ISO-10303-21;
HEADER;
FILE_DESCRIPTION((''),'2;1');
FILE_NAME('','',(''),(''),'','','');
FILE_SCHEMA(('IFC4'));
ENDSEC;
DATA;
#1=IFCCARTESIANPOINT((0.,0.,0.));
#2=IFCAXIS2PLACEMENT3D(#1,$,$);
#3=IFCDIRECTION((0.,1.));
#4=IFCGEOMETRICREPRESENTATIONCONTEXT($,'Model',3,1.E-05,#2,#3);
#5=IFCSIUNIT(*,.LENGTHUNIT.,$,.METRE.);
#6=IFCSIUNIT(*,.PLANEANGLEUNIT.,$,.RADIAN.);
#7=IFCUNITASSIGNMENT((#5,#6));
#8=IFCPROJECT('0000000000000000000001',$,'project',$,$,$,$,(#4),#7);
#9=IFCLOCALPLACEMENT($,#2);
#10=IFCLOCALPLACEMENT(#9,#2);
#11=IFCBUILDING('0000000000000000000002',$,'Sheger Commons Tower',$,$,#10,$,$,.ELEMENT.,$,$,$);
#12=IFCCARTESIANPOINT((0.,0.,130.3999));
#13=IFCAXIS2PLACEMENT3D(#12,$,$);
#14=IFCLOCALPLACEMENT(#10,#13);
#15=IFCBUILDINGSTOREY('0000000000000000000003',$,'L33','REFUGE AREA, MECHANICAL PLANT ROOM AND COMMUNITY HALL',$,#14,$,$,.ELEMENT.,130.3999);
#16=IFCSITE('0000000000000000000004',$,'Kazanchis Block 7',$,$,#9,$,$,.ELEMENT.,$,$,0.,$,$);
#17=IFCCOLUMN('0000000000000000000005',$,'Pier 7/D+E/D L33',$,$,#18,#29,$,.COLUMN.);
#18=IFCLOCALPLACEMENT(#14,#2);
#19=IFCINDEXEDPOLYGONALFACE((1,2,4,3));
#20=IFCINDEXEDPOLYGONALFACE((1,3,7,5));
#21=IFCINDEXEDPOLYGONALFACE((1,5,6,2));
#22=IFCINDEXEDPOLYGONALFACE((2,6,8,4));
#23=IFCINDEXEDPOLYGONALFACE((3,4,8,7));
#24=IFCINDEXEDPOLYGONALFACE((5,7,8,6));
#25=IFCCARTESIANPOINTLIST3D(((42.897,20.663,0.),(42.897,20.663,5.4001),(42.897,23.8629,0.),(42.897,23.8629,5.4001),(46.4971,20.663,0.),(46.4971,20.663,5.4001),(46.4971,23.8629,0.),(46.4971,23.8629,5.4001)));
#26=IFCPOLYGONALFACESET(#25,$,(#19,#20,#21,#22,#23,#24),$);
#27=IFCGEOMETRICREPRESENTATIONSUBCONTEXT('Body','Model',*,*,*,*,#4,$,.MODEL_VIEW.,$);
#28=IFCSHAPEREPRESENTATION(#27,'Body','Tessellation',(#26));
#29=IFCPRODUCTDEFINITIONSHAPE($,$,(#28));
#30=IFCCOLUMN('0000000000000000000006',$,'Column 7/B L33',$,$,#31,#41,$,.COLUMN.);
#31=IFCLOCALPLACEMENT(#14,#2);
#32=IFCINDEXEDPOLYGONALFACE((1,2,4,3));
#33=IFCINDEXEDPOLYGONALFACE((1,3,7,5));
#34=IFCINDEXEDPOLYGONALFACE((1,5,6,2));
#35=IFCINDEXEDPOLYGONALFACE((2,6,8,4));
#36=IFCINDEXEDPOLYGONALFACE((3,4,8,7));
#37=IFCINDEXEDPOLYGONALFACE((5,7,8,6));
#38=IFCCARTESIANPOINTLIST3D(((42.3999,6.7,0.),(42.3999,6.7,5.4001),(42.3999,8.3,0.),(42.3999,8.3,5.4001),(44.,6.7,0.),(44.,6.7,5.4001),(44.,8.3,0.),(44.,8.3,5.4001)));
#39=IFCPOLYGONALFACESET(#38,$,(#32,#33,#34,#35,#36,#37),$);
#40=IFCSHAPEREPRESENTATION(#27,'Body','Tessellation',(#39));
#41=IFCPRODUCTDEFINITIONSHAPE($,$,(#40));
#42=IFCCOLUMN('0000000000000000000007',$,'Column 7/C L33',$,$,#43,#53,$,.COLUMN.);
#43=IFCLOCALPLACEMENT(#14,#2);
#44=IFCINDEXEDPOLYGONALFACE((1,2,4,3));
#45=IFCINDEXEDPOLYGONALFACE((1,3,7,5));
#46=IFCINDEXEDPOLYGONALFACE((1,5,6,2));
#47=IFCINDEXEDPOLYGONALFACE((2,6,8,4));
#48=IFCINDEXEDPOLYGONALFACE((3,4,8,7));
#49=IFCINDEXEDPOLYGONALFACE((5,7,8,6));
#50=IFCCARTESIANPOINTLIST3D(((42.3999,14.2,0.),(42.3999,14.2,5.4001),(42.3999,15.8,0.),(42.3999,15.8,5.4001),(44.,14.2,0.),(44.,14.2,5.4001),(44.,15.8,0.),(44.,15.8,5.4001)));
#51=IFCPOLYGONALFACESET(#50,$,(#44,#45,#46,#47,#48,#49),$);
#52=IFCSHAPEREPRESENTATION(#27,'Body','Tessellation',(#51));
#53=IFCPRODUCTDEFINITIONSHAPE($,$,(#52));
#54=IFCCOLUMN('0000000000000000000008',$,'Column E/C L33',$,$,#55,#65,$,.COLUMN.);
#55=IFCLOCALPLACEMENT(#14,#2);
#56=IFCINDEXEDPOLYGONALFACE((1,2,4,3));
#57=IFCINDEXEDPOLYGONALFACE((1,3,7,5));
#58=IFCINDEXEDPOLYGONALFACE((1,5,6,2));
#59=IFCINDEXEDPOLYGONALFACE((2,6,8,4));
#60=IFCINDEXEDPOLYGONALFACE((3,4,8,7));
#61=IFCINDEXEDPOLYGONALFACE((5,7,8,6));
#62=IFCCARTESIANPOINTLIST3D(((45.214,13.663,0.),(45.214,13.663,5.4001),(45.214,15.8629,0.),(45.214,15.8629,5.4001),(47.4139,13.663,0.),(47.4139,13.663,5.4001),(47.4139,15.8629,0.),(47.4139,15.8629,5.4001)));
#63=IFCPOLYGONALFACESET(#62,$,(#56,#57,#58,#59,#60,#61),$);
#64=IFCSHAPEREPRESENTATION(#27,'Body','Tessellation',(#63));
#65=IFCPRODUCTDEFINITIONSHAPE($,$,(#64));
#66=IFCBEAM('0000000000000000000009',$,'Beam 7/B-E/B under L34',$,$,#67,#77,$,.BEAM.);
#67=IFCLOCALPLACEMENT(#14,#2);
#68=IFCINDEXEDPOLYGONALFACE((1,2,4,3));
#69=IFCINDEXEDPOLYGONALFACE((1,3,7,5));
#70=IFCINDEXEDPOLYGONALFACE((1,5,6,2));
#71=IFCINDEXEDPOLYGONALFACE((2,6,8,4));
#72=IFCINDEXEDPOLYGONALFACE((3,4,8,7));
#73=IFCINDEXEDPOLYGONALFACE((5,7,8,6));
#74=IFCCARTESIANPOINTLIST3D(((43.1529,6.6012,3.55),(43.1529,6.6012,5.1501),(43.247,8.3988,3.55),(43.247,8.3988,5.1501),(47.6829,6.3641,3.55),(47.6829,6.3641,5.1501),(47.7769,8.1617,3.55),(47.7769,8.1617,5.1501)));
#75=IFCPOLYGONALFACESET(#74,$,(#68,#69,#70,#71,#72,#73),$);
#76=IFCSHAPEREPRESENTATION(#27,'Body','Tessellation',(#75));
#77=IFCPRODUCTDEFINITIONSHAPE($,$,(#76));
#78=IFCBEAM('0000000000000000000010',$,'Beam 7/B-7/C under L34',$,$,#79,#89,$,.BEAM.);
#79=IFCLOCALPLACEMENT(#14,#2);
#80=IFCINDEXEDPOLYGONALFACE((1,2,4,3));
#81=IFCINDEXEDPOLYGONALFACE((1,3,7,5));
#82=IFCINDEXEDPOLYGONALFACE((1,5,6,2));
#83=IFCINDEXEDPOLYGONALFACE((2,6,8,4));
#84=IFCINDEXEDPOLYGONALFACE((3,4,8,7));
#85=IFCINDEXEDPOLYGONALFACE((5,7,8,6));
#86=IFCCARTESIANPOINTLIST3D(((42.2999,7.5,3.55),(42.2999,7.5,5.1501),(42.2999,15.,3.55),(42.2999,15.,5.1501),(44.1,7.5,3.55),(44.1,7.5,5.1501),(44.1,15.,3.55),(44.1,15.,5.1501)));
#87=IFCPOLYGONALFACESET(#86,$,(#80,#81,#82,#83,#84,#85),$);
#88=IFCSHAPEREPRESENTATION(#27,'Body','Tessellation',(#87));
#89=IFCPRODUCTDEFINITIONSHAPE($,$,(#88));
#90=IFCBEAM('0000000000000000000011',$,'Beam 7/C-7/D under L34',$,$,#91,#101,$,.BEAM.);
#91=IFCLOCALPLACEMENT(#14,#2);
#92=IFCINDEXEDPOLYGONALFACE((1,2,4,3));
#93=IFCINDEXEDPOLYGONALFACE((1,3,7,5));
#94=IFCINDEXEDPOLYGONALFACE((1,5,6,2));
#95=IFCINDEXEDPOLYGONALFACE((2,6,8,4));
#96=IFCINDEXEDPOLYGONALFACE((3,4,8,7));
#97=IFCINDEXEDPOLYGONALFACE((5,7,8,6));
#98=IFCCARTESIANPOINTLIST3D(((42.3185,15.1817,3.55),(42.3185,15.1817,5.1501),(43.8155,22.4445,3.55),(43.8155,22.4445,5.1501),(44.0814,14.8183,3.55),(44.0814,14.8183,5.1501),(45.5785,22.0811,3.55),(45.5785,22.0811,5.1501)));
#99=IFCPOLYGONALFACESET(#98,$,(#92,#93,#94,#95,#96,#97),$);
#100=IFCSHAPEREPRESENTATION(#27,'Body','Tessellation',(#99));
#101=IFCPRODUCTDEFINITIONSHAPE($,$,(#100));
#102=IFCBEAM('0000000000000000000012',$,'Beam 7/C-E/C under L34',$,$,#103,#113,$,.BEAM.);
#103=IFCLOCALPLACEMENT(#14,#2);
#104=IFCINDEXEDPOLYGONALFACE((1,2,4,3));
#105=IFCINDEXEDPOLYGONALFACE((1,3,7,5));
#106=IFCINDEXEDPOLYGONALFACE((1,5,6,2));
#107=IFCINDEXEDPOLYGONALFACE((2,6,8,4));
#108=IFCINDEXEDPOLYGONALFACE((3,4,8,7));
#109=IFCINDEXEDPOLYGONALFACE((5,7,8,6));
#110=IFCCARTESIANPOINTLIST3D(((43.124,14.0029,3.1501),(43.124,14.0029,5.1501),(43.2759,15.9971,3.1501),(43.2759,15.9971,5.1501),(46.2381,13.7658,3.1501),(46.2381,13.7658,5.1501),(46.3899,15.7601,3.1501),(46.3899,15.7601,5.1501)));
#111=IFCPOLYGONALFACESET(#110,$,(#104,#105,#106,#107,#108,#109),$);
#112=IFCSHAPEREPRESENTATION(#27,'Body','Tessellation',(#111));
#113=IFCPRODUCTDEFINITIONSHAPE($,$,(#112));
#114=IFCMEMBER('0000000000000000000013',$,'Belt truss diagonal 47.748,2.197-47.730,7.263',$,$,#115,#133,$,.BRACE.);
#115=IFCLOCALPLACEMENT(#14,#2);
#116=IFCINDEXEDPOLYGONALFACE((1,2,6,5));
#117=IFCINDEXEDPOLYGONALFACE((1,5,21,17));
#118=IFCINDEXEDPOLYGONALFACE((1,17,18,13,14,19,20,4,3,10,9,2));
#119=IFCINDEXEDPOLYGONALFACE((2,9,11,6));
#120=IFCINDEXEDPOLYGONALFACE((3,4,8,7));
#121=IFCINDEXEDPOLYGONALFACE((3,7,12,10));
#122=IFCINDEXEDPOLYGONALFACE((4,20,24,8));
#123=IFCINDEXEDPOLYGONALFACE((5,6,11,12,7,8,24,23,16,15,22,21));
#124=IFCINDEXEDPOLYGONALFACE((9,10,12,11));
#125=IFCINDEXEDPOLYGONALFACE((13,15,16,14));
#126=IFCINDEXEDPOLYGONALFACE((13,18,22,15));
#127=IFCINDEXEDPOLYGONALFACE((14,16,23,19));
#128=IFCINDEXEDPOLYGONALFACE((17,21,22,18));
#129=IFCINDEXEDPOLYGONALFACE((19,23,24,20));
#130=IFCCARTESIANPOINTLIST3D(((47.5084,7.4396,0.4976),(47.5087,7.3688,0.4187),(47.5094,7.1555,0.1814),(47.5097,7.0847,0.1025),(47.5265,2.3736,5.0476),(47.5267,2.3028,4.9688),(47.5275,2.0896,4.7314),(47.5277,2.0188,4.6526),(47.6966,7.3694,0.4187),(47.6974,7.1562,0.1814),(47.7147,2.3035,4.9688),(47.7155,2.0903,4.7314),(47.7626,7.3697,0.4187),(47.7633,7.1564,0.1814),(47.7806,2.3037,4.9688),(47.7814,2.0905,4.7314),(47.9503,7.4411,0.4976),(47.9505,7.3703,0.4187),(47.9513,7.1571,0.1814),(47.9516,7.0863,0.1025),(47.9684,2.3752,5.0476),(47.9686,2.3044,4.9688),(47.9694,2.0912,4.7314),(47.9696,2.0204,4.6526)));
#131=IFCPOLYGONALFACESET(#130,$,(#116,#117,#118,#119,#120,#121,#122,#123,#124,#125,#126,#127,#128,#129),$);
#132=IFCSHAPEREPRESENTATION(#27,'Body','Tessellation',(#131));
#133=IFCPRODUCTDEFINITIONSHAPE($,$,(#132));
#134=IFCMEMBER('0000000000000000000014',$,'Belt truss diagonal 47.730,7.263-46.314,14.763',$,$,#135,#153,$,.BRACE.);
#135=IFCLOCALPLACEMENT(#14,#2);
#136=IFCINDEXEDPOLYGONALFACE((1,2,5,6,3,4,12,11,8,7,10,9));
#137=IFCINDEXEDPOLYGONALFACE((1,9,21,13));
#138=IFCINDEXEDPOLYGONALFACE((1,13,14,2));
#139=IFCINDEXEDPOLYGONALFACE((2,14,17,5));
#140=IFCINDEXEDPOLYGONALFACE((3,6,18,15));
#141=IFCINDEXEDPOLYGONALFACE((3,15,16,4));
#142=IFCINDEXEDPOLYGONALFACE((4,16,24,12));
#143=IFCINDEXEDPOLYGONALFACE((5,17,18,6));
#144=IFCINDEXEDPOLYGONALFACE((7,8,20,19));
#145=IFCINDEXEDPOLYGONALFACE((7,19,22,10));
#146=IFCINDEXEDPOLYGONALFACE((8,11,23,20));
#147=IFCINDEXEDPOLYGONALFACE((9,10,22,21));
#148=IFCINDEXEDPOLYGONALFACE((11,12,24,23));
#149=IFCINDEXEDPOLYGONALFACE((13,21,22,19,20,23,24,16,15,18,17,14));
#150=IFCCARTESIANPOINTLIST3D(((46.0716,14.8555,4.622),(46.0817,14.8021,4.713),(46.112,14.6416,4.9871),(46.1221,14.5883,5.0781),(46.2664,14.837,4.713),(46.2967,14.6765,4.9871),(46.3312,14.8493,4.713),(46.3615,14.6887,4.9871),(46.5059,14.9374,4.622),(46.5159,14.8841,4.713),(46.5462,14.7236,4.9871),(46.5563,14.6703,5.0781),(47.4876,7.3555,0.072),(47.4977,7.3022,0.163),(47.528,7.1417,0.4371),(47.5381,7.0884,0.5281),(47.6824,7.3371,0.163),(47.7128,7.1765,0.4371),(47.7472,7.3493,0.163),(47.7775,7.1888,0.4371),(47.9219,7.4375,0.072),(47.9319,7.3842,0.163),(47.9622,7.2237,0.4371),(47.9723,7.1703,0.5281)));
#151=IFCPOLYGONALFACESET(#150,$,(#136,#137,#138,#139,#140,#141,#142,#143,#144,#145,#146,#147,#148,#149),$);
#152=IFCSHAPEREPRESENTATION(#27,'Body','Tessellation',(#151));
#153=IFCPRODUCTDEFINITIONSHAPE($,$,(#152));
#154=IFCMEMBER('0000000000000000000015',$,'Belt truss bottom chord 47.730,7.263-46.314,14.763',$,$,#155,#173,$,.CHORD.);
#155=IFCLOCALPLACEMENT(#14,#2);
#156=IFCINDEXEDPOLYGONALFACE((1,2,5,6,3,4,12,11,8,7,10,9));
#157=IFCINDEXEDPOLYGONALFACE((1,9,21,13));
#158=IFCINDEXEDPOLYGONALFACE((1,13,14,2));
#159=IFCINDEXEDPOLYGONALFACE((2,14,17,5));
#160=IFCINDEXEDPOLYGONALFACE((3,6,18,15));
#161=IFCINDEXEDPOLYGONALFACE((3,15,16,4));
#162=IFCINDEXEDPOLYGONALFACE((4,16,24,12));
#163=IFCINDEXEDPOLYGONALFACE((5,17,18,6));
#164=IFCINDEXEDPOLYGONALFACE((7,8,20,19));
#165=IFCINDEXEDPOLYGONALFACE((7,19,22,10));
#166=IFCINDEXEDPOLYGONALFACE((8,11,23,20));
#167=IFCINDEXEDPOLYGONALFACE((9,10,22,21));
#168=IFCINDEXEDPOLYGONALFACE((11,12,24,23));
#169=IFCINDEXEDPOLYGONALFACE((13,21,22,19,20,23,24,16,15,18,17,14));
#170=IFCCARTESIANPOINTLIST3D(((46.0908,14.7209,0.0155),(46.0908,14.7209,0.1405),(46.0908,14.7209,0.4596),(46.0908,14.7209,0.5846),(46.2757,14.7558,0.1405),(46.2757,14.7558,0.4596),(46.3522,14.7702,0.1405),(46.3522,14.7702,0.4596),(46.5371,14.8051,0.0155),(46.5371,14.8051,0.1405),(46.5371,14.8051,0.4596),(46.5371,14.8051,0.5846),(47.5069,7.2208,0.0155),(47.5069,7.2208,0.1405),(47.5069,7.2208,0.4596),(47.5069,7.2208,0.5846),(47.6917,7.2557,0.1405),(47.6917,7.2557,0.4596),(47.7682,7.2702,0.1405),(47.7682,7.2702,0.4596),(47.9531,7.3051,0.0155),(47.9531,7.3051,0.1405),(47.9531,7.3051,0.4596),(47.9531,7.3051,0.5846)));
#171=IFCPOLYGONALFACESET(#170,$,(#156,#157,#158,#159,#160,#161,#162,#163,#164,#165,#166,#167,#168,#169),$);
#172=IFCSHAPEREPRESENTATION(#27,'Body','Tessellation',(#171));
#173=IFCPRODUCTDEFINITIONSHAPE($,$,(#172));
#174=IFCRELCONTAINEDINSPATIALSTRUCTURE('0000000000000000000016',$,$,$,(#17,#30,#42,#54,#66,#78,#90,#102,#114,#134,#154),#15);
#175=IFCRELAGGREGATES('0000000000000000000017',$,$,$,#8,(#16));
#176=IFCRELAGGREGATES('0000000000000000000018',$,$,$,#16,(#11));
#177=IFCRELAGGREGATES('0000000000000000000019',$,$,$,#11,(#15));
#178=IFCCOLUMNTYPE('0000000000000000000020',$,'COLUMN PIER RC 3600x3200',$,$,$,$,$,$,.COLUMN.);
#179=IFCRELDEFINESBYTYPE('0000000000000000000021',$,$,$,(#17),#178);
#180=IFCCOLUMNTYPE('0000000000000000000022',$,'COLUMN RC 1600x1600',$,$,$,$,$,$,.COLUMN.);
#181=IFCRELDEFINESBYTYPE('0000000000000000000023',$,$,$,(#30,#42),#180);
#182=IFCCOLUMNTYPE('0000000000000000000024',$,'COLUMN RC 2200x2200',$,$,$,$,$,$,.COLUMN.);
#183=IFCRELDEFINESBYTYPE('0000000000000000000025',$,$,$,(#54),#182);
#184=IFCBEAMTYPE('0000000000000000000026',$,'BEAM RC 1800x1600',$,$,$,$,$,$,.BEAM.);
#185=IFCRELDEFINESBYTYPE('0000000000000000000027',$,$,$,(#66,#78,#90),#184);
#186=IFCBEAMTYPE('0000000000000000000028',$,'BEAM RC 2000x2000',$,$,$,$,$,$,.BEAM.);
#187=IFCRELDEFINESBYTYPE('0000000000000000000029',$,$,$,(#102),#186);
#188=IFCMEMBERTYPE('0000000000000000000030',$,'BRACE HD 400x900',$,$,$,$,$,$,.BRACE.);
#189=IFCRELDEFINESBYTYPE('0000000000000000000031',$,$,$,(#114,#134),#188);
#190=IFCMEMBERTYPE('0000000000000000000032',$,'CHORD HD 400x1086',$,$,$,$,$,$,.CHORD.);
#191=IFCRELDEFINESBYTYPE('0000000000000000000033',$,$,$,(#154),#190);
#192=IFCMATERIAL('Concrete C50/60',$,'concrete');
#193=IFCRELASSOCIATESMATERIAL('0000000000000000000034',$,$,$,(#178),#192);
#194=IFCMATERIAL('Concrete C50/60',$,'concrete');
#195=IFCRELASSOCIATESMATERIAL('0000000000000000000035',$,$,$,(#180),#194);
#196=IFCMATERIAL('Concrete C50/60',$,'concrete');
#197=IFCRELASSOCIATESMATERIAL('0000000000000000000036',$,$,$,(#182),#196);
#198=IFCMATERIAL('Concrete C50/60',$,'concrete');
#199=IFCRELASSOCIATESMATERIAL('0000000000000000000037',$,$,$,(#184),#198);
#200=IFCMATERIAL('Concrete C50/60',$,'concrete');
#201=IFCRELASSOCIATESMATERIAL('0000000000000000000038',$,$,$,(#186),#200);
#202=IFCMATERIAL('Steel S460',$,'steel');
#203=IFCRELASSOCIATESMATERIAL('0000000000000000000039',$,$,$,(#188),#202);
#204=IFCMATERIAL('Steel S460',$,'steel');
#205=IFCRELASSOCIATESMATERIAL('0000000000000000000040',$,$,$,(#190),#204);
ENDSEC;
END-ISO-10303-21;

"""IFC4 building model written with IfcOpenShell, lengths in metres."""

from ifc_helpers import new_model, si_unit, direction, frame, origin, origin_2d, place, context, subcontext, project, spatial, rectangle, i_section, extrude, material, material_profile, profile_set, type_object, element, save


model = new_model("IFC4")

# Units and contexts
model_context = context("Model", 3, precision=1e-05, world=origin(), true_north=direction((0.0, 1.0)))
body_context = subcontext(model_context, "Body", "Model", "MODEL_VIEW")
ifc_project = project(units=[si_unit("LENGTHUNIT", "METRE"), si_unit("PLANEANGLEUNIT", "RADIAN")], contexts=[model_context])

# Site, building, storey
site_placement = place(None, origin())
site = spatial("IfcSite", under=ifc_project, at=site_placement, Name="Kazanchis Block 7", CompositionType="ELEMENT", RefElevation=0.0)
building_placement = place(site_placement, origin())
building = spatial("IfcBuilding", under=site, at=building_placement, Name="Sheger Commons Tower", CompositionType="ELEMENT")
storey_placement = place(building_placement, frame((0.0, 0.0, 130.3999)))
storey = spatial("IfcBuildingStorey", under=building, at=storey_placement, Name="L33", Description="REFUGE AREA, MECHANICAL PLANT ROOM AND COMMUNITY HALL", CompositionType="ELEMENT", Elevation=130.3999)

# Columns
ifc_material_1 = material(Name="Concrete C50/60", Category="concrete")
ifc_material_profile_1 = material_profile(ifc_material_1, rectangle(XDim=3.6001, YDim=3.2, at=origin_2d()), Name="RC 3600x3200")
ifc_profile_set_1 = profile_set([ifc_material_profile_1], Name="Concrete C50/60")
column_type_1 = type_object("IfcColumnType", Name="COLUMN PIER RC 3600x3200", PredefinedType="COLUMN", material=ifc_profile_set_1)
column_1_placement = place(storey_placement, frame((44.697, 22.2629, 0.0), z_axis=(0.0, 0.0, 1.0), x_axis=(1.0, 0.0, 0.0)))
element("IfcColumn", 1, at=column_1_placement, inside=storey, type_object=column_type_1, Name="Pier 7/D+E/D L33", PredefinedType="COLUMN", context=body_context, shape_type="SweptSolid", body=[
    extrude(rectangle(XDim=3.6001, YDim=3.2, at=origin_2d()), origin(), (0.0, 0.0, 1.0), 5.4001),
])
ifc_material_2 = material(Name="Concrete C50/60", Category="concrete")
ifc_material_profile_2 = material_profile(ifc_material_2, rectangle(XDim=1.6001, YDim=1.6001, at=origin_2d()), Name="RC 1600x1600")
ifc_profile_set_2 = profile_set([ifc_material_profile_2], Name="Concrete C50/60")
column_type_2 = type_object("IfcColumnType", Name="COLUMN RC 1600x1600", PredefinedType="COLUMN", material=ifc_profile_set_2)
for number, where, z_axis, x_axis, name in (
    (2, (43.2, 7.5, 0.0), (0.0, 0.0, 1.0), (1.0, 0.0, 0.0), "Column 7/B L33"),
    (3, (43.2, 15.0, 0.0), (0.0, 0.0, 1.0), (1.0, 0.0, 0.0), "Column 7/C L33"),
):
    element("IfcColumn", number, at=place(storey_placement, frame(where, z_axis=z_axis, x_axis=x_axis)), inside=storey, type_object=column_type_2, Name=name, PredefinedType="COLUMN", context=body_context, shape_type="SweptSolid", body=[
        extrude(rectangle(XDim=1.6001, YDim=1.6001, at=origin_2d()), origin(), (0.0, 0.0, 1.0), 5.4001),
    ])
ifc_material_3 = material(Name="Concrete C50/60", Category="concrete")
ifc_material_profile_3 = material_profile(ifc_material_3, rectangle(XDim=2.2, YDim=2.2, at=origin_2d()), Name="RC 2200x2200")
ifc_profile_set_3 = profile_set([ifc_material_profile_3], Name="Concrete C50/60")
column_type_3 = type_object("IfcColumnType", Name="COLUMN RC 2200x2200", PredefinedType="COLUMN", material=ifc_profile_set_3)
column_2_placement = place(storey_placement, frame((46.314, 14.7629, 0.0), z_axis=(0.0, 0.0, 1.0), x_axis=(1.0, 0.0, 0.0)))
element("IfcColumn", 4, at=column_2_placement, inside=storey, type_object=column_type_3, Name="Column E/C L33", PredefinedType="COLUMN", context=body_context, shape_type="SweptSolid", body=[
    extrude(rectangle(XDim=2.2, YDim=2.2, at=origin_2d()), origin(), (0.0, 0.0, 1.0), 5.4001),
])

# Beams
ifc_material_4 = material(Name="Concrete C50/60", Category="concrete")
ifc_material_profile_4 = material_profile(ifc_material_4, rectangle(XDim=1.8, YDim=1.6001, at=origin_2d()), Name="RC 1800x1600")
ifc_profile_set_4 = profile_set([ifc_material_profile_4], Name="Concrete C50/60")
beam_type_1 = type_object("IfcBeamType", Name="BEAM RC 1800x1600", PredefinedType="BEAM", material=ifc_profile_set_4)
beam_1_placement = place(storey_placement, frame((43.2, 7.5, 4.3501), z_axis=(0.998634, -0.052259, 0.0), x_axis=(0.052259, 0.998634, 0.0)))
element("IfcBeam", 5, at=beam_1_placement, inside=storey, type_object=beam_type_1, Name="Beam 7/B-E/B under L34", PredefinedType="BEAM", context=body_context, shape_type="SweptSolid", body=[
    extrude(rectangle(XDim=1.8, YDim=1.6001, at=origin_2d()), origin(), (0.0, 0.0, 1.0), 4.5361),
])
beam_2_placement = place(storey_placement, frame((43.2, 7.5, 4.3501), z_axis=(0.0, 1.0, 0.0), x_axis=(-1.0, 0.0, 0.0)))
element("IfcBeam", 6, at=beam_2_placement, inside=storey, type_object=beam_type_1, Name="Beam 7/B-7/C under L34", PredefinedType="BEAM", context=body_context, shape_type="SweptSolid", body=[
    extrude(rectangle(XDim=1.8, YDim=1.6001, at=origin_2d()), origin(), (0.0, 0.0, 1.0), 7.5),
])
beam_3_placement = place(storey_placement, frame((43.2, 15.0, 4.3501), z_axis=(0.201881, 0.97941, 0.0), x_axis=(-0.97941, 0.201881, 0.0)))
element("IfcBeam", 7, at=beam_3_placement, inside=storey, type_object=beam_type_1, Name="Beam 7/C-7/D under L34", PredefinedType="BEAM", context=body_context, shape_type="SweptSolid", body=[
    extrude(rectangle(XDim=1.8, YDim=1.6001, at=origin_2d()), origin(), (0.0, 0.0, 1.0), 7.4155),
])
ifc_material_5 = material(Name="Concrete C50/60", Category="concrete")
ifc_material_profile_5 = material_profile(ifc_material_5, rectangle(XDim=2.0, YDim=2.0, at=origin_2d()), Name="RC 2000x2000")
ifc_profile_set_5 = profile_set([ifc_material_profile_5], Name="Concrete C50/60")
beam_type_2 = type_object("IfcBeamType", Name="BEAM RC 2000x2000", PredefinedType="BEAM", material=ifc_profile_set_5)
beam_4_placement = place(storey_placement, frame((43.2, 15.0, 4.1501), z_axis=(0.997115, -0.075907, 0.0), x_axis=(0.075907, 0.997115, 0.0)))
element("IfcBeam", 8, at=beam_4_placement, inside=storey, type_object=beam_type_2, Name="Beam 7/C-E/C under L34", PredefinedType="BEAM", context=body_context, shape_type="SweptSolid", body=[
    extrude(rectangle(XDim=2.0, YDim=2.0, at=origin_2d()), origin(), (0.0, 0.0, 1.0), 3.123),
])

# Members
ifc_material_6 = material(Name="Steel S460", Category="steel")
ifc_material_profile_6 = material_profile(ifc_material_6, i_section(OverallWidth=0.4419, OverallDepth=0.531, WebThickness=0.0659, FlangeThickness=0.106, at=origin_2d()), Name="HD 400x900")
ifc_profile_set_6 = profile_set([ifc_material_profile_6], Name="Steel S460")
member_type_1 = type_object("IfcMemberType", Name="BRACE HD 400x900", PredefinedType="BRACE", material=ifc_profile_set_6)
member_1_placement = place(storey_placement, frame((47.73, 7.2629, 0.3), z_axis=(0.002653, -0.743969, 0.668209), x_axis=(0.999994, 0.003566, 0.0)))
element("IfcMember", 9, at=member_1_placement, inside=storey, type_object=member_type_1, Name="Belt truss diagonal 47.748,2.197-47.730,7.263", PredefinedType="BRACE", context=body_context, shape_type="SweptSolid", body=[
    extrude(i_section(OverallWidth=0.4419, OverallDepth=0.531, WebThickness=0.0659, FlangeThickness=0.106, at=origin_2d()), origin(), (0.0, 0.0, 1.0), 6.8093),
])
member_2_placement = place(storey_placement, frame((47.73, 7.2629, 0.3), z_axis=(-0.159357, 0.84404, 0.512056), x_axis=(-0.98264, -0.185524, 0.0)))
element("IfcMember", 10, at=member_2_placement, inside=storey, type_object=member_type_1, Name="Belt truss diagonal 47.730,7.263-46.314,14.763", PredefinedType="BRACE", context=body_context, shape_type="SweptSolid", body=[
    extrude(i_section(OverallWidth=0.4419, OverallDepth=0.531, WebThickness=0.0659, FlangeThickness=0.106, at=origin_2d()), origin(), (0.0, 0.0, 1.0), 8.8857),
])
ifc_material_7 = material(Name="Steel S460", Category="steel")
ifc_material_profile_7 = material_profile(ifc_material_7, i_section(OverallWidth=0.4541, OverallDepth=0.5691, WebThickness=0.0779, FlangeThickness=0.125, at=origin_2d()), Name="HD 400x1086")
ifc_profile_set_7 = profile_set([ifc_material_profile_7], Name="Steel S460")
member_type_2 = type_object("IfcMemberType", Name="CHORD HD 400x1086", PredefinedType="CHORD", material=ifc_profile_set_7)
member_3_placement = place(storey_placement, frame((47.73, 7.2629, 0.3), z_axis=(-0.185524, 0.98264, 0.0), x_axis=(-0.98264, -0.185524, 0.0)))
element("IfcMember", 11, at=member_3_placement, inside=storey, type_object=member_type_2, Name="Belt truss bottom chord 47.730,7.263-46.314,14.763", PredefinedType="CHORD", context=body_context, shape_type="SweptSolid", body=[
    extrude(i_section(OverallWidth=0.4541, OverallDepth=0.5691, WebThickness=0.0779, FlangeThickness=0.125, at=origin_2d()), origin(), (0.0, 0.0, 1.0), 7.6326),
])

save(model, "model.ifc")
